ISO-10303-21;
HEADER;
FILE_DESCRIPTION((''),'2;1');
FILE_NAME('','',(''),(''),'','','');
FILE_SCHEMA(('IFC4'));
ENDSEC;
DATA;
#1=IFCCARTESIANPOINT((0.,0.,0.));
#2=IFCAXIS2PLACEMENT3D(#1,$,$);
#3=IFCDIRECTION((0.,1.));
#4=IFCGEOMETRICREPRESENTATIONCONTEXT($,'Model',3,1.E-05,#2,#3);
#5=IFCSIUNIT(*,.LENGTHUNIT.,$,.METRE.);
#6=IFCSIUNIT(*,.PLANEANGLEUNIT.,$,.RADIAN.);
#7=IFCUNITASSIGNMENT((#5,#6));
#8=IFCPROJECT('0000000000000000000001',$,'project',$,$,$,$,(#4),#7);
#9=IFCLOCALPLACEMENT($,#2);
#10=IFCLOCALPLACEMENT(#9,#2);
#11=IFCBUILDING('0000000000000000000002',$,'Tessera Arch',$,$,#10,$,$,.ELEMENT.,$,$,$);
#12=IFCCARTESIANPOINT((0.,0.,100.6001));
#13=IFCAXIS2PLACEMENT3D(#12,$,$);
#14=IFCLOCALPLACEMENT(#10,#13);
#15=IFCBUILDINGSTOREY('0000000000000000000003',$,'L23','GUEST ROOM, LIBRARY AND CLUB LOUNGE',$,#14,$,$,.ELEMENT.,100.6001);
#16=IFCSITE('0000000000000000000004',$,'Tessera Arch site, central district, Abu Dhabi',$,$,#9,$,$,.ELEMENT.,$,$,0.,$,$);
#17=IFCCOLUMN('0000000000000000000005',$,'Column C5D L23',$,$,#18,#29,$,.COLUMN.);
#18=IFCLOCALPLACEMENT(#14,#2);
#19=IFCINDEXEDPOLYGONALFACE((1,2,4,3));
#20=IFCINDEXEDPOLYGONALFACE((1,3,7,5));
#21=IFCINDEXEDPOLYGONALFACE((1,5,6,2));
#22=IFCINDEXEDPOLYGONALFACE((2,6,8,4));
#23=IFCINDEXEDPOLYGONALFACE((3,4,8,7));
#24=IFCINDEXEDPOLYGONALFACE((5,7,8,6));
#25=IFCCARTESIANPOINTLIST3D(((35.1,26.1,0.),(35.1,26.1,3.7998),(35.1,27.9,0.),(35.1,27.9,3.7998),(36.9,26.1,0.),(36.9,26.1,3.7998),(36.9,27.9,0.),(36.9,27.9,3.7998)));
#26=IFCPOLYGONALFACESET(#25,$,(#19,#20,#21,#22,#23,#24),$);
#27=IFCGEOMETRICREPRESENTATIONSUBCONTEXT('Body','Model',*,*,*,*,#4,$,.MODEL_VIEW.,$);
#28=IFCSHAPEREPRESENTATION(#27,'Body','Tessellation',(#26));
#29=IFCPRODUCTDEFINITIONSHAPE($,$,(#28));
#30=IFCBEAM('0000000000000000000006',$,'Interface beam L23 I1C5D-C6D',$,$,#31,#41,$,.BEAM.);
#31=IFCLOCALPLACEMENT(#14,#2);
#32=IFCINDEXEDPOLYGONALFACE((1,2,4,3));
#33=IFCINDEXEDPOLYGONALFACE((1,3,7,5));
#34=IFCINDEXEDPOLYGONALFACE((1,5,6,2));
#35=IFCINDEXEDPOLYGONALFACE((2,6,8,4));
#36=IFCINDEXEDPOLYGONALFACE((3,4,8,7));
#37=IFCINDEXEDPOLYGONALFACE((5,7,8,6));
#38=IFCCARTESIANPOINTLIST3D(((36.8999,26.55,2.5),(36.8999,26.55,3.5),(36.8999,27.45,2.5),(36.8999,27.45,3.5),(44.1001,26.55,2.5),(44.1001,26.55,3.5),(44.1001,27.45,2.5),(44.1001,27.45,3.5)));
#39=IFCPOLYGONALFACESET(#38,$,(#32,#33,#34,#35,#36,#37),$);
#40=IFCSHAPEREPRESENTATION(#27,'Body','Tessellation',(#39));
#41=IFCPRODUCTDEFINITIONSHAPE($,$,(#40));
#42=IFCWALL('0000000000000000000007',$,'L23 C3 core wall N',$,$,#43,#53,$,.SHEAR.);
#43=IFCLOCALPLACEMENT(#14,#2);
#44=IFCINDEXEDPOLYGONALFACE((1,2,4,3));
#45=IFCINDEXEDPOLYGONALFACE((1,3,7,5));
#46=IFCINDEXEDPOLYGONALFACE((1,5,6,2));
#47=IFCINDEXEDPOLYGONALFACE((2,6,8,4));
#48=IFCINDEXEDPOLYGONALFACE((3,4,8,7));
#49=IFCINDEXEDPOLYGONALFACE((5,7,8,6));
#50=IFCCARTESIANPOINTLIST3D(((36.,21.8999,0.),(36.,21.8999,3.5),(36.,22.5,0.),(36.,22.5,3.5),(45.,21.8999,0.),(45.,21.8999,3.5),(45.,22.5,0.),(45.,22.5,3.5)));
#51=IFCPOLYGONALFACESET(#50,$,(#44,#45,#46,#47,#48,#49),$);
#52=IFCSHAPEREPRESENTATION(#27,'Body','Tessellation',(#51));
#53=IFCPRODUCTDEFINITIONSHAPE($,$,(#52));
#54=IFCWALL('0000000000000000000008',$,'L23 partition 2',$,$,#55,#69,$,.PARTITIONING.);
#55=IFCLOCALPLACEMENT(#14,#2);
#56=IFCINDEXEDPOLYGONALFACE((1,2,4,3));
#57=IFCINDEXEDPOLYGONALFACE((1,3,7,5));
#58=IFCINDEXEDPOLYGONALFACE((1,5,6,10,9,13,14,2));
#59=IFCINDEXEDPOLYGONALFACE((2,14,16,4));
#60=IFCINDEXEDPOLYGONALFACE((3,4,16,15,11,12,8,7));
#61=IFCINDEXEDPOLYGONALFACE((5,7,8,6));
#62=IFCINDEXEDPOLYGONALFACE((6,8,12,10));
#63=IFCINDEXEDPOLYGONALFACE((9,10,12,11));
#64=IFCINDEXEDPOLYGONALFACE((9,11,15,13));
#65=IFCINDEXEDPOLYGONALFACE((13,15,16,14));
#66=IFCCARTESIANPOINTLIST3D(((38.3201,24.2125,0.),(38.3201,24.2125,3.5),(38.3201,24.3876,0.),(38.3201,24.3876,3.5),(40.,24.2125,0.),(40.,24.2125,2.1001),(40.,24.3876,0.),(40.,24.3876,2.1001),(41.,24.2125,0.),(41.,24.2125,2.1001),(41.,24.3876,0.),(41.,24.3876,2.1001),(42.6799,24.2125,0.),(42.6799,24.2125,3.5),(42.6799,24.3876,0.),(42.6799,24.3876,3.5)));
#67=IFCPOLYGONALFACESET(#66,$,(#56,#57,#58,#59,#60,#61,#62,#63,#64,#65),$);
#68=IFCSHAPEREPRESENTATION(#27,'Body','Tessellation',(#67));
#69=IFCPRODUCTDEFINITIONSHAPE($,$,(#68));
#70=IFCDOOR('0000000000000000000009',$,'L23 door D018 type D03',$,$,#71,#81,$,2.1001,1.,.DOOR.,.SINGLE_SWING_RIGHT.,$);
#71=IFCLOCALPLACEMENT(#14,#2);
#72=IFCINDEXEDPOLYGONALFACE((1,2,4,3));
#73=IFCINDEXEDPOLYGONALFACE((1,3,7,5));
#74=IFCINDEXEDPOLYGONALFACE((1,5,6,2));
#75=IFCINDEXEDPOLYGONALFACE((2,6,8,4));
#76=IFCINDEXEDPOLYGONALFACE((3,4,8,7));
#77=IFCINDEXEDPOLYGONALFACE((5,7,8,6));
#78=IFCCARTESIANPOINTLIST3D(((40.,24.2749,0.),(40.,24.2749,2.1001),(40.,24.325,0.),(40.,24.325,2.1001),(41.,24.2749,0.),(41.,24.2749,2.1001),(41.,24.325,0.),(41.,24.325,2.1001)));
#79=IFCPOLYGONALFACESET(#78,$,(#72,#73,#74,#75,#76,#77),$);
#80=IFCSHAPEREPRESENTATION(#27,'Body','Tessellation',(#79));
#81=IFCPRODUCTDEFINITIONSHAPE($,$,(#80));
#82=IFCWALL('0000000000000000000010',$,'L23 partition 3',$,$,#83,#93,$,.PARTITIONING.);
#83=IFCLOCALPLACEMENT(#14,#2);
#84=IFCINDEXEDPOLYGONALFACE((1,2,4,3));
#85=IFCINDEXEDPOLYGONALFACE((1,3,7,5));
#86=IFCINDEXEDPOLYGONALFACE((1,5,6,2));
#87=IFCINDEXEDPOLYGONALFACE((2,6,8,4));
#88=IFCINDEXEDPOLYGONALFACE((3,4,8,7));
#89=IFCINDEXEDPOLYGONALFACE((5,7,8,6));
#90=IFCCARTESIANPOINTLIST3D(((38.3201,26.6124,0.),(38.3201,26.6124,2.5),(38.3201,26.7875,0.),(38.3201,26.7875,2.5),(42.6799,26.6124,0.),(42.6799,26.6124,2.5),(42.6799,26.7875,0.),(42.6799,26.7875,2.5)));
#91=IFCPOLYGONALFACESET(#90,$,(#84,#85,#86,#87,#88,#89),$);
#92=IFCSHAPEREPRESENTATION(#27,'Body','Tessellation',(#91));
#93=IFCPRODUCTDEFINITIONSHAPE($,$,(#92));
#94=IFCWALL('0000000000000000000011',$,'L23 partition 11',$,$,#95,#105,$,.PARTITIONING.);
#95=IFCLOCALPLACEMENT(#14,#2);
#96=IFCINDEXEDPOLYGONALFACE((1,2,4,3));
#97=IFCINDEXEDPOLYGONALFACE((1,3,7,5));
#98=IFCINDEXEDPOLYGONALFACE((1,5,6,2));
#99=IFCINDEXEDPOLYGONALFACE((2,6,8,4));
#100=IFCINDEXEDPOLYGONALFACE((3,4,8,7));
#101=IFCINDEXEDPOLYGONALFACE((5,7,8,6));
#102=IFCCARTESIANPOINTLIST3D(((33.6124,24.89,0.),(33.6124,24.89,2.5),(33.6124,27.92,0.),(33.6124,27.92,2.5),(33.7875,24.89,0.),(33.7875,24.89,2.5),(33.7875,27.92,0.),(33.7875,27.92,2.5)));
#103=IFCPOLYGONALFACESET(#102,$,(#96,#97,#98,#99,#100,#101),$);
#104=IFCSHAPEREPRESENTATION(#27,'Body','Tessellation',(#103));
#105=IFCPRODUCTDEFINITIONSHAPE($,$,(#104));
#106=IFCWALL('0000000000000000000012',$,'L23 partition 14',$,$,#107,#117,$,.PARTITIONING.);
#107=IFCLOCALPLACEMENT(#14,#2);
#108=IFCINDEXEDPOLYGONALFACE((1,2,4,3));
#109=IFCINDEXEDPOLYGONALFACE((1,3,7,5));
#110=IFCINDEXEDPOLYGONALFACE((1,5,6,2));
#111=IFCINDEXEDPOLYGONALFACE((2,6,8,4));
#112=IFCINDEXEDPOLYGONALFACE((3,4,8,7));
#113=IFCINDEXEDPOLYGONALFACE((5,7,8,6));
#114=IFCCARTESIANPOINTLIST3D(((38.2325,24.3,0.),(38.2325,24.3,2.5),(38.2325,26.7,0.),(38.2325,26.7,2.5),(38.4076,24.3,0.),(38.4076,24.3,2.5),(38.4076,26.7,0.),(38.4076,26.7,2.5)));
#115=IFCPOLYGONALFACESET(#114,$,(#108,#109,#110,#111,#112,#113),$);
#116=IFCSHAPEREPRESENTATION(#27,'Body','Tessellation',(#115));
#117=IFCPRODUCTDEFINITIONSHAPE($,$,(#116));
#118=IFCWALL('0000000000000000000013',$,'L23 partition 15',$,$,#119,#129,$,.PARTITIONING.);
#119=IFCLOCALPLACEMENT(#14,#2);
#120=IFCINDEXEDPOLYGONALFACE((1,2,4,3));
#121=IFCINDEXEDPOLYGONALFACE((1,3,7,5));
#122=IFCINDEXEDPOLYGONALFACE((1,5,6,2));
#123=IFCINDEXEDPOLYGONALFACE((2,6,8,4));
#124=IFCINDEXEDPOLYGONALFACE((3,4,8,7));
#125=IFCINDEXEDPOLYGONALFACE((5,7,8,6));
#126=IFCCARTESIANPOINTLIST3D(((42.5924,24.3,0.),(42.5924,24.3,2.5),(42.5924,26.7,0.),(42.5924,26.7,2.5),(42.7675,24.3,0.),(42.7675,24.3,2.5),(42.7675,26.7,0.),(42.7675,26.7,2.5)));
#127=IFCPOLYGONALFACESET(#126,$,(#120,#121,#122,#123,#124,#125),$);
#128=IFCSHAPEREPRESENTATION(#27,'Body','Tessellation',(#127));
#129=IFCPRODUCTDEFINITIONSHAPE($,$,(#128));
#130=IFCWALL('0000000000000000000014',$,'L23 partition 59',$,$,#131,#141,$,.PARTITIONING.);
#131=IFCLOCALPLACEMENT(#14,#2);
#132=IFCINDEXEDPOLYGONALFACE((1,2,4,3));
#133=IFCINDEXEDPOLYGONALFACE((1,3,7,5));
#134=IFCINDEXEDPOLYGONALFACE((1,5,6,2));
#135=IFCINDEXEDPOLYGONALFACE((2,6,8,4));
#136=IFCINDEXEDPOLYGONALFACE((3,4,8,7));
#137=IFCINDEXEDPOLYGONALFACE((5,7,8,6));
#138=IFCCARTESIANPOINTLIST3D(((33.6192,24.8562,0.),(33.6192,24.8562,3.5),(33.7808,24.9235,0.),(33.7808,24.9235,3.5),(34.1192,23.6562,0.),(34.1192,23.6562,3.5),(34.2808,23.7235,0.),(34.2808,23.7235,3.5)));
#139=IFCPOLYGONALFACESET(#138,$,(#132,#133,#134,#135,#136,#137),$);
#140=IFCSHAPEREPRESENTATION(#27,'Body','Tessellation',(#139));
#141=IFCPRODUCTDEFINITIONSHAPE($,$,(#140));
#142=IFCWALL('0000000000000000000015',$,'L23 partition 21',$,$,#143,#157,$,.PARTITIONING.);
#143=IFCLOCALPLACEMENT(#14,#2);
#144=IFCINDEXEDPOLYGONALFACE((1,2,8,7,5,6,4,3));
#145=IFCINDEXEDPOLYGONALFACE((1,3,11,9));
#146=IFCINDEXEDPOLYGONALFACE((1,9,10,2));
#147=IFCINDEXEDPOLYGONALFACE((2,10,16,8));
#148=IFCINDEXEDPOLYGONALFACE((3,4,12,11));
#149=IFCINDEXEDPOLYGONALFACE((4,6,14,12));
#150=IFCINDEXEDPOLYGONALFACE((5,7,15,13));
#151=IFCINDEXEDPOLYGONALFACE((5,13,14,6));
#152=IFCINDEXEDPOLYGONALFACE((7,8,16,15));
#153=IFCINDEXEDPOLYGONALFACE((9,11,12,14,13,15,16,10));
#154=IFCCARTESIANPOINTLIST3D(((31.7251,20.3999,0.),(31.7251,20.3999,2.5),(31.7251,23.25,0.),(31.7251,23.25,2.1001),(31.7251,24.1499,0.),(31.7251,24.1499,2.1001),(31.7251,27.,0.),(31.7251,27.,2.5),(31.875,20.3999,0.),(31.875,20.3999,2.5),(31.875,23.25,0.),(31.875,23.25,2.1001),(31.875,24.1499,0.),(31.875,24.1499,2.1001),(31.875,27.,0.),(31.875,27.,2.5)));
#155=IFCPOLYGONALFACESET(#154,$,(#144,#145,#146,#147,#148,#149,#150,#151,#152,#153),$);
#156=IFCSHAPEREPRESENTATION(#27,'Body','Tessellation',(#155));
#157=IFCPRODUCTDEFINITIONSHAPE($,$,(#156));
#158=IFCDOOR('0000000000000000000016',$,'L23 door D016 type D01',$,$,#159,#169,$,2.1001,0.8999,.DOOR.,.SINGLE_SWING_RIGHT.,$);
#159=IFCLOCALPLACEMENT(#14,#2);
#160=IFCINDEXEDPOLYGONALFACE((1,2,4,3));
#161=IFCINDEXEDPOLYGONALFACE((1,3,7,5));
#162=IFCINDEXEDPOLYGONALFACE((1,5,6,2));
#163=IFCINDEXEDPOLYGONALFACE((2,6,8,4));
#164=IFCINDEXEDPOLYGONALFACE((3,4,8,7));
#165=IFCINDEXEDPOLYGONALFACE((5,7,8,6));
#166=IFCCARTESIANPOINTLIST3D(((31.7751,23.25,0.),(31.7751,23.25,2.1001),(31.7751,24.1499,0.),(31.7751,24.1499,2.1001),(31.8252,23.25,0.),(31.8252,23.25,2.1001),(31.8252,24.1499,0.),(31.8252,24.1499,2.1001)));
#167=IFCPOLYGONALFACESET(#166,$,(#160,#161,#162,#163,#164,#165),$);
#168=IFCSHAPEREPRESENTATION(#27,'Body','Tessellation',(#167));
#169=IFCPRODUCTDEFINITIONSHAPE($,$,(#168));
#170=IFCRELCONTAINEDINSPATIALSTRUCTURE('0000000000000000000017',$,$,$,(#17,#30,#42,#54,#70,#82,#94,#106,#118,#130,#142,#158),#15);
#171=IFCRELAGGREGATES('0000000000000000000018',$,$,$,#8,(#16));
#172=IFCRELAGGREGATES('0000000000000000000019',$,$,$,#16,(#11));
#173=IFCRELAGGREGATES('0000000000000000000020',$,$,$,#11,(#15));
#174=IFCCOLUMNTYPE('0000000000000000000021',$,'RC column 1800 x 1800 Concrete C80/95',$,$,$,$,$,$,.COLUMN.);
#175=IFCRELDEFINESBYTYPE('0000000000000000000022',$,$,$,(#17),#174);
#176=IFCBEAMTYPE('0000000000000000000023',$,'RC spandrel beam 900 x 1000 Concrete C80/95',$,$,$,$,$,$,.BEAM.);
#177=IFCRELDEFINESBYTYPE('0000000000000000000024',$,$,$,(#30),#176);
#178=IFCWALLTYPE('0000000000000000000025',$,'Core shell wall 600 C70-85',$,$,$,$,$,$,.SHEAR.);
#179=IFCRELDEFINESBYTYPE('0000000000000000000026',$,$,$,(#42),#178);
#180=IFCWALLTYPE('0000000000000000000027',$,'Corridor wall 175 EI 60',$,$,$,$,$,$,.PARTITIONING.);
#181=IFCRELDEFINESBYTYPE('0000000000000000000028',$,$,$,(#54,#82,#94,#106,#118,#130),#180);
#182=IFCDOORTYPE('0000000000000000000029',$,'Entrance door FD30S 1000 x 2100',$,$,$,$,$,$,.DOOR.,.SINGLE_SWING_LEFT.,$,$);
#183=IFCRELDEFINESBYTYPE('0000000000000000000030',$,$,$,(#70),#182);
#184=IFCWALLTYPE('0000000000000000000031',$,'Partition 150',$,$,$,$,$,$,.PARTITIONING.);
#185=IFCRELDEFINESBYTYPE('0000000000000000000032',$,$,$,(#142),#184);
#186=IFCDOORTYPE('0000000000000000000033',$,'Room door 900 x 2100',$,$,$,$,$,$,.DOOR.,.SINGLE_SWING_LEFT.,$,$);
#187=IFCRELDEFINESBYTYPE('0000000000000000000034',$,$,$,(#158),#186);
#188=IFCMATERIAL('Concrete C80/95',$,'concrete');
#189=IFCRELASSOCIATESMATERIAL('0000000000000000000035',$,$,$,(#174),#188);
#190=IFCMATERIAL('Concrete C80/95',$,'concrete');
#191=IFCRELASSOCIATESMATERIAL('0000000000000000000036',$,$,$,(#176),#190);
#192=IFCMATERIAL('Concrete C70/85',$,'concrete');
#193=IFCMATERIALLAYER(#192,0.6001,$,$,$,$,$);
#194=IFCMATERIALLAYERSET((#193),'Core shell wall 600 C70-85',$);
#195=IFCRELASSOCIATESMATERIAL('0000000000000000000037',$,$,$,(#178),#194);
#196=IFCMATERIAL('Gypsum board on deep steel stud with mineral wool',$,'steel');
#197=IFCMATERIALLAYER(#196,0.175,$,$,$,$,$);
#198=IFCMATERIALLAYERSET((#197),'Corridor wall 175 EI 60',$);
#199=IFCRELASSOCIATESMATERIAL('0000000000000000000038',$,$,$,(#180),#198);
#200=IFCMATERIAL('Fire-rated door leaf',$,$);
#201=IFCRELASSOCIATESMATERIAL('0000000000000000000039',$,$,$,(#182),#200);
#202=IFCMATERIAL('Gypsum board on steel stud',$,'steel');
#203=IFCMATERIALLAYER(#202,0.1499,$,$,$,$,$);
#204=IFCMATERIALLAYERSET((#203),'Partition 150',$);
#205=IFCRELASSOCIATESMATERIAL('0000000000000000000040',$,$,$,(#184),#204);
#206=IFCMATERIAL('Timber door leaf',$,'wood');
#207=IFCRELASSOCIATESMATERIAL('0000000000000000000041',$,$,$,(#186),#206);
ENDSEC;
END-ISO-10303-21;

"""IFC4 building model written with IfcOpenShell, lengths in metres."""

from ifc_helpers import new_model, si_unit, direction, frame, frame_2d, origin, origin_2d, place, context, subcontext, project, spatial, rectangle, extrude, material, layer, layer_set, material_profile, profile_set, type_object, element, fill, save


model = new_model("IFC4")

# Units and contexts
model_context = context("Model", 3, precision=1e-05, world=origin(), true_north=direction((0.0, 1.0)))
body_context = subcontext(model_context, "Body", "Model", "MODEL_VIEW")
ifc_project = project(units=[si_unit("LENGTHUNIT", "METRE"), si_unit("PLANEANGLEUNIT", "RADIAN")], contexts=[model_context])

# Site, building, storey
site_placement = place(None, origin())
site = spatial("IfcSite", under=ifc_project, at=site_placement, Name="Tessera Arch site, central district, Abu Dhabi", CompositionType="ELEMENT", RefElevation=0.0)
building_placement = place(site_placement, origin())
building = spatial("IfcBuilding", under=site, at=building_placement, Name="Tessera Arch", CompositionType="ELEMENT")
storey_placement = place(building_placement, frame((0.0, 0.0, 100.6001)))
storey = spatial("IfcBuildingStorey", under=building, at=storey_placement, Name="L23", Description="GUEST ROOM, LIBRARY AND CLUB LOUNGE", CompositionType="ELEMENT", Elevation=100.6001)

# Column
ifc_material_1 = material(Name="Concrete C80/95", Category="concrete")
ifc_material_profile_1 = material_profile(ifc_material_1, rectangle(XDim=1.8, YDim=1.8, at=origin_2d()), Name="RC column 1800 x 1800 Concrete C80/95")
ifc_profile_set_1 = profile_set([ifc_material_profile_1], Name="Concrete C80/95")
column_type = type_object("IfcColumnType", Name="RC column 1800 x 1800 Concrete C80/95", PredefinedType="COLUMN", material=ifc_profile_set_1)
column_placement = place(storey_placement, frame((36.0, 27.0, 0.0), z_axis=(0.0, 0.0, 1.0), x_axis=(1.0, 0.0, 0.0)))
element("IfcColumn", 1, at=column_placement, inside=storey, type_object=column_type, Name="Column C5D L23", PredefinedType="COLUMN", context=body_context, shape_type="SweptSolid", body=[
    extrude(rectangle(XDim=1.8, YDim=1.8, at=origin_2d()), origin(), (0.0, 0.0, 1.0), 3.7998),
])

# Beam
ifc_material_2 = material(Name="Concrete C80/95", Category="concrete")
ifc_material_profile_2 = material_profile(ifc_material_2, rectangle(XDim=0.8999, YDim=1.0, at=origin_2d()), Name="RC spandrel beam 900 x 1000 Concrete C80/95")
ifc_profile_set_2 = profile_set([ifc_material_profile_2], Name="Concrete C80/95")
beam_type = type_object("IfcBeamType", Name="RC spandrel beam 900 x 1000 Concrete C80/95", PredefinedType="BEAM", material=ifc_profile_set_2)
beam_placement = place(storey_placement, frame((36.8999, 27.0, 3.0), z_axis=(1.0, 0.0, 0.0), x_axis=(0.0, 1.0, 0.0)))
element("IfcBeam", 2, at=beam_placement, inside=storey, type_object=beam_type, Name="Interface beam L23 I1C5D-C6D", PredefinedType="BEAM", context=body_context, shape_type="SweptSolid", body=[
    extrude(rectangle(XDim=0.8999, YDim=1.0, at=origin_2d()), origin(), (0.0, 0.0, 1.0), 7.2002),
])

# Wall
ifc_material_3 = material(Name="Concrete C70/85", Category="concrete")
ifc_layer_1 = layer(ifc_material_3, 0.6001)
ifc_layer_set_1 = layer_set([ifc_layer_1], Name="Core shell wall 600 C70-85")
wall_type_1 = type_object("IfcWallType", Name="Core shell wall 600 C70-85", PredefinedType="SHEAR", material=ifc_layer_set_1)
wall_1_placement = place(storey_placement, frame((36.0, 22.2, 0.0), z_axis=(0.0, 0.0, 1.0), x_axis=(1.0, 0.0, 0.0)))
element("IfcWall", 3, at=wall_1_placement, inside=storey, type_object=wall_type_1, Name="L23 C3 core wall N", PredefinedType="SHEAR", context=body_context, shape_type="SweptSolid", body=[
    extrude(rectangle(XDim=9.0, YDim=0.6001, at=frame_2d((4.5, 0.0))), origin(), (0.0, 0.0, 1.0), 3.5),
])

# Wall, opening, door
ifc_material_4 = material(Name="Gypsum board on deep steel stud with mineral wool", Category="steel")
ifc_layer_2 = layer(ifc_material_4, 0.175)
ifc_layer_set_2 = layer_set([ifc_layer_2], Name="Corridor wall 175 EI 60")
wall_type_2 = type_object("IfcWallType", Name="Corridor wall 175 EI 60", PredefinedType="PARTITIONING", material=ifc_layer_set_2)
wall_2_placement = place(storey_placement, frame((38.3201, 24.3, 0.0), z_axis=(0.0, 0.0, 1.0), x_axis=(1.0, 0.0, 0.0)))
wall_2 = element("IfcWall", 4, at=wall_2_placement, inside=storey, type_object=wall_type_2, Name="L23 partition 2", PredefinedType="PARTITIONING", context=body_context, shape_type="SweptSolid", body=[
    extrude(rectangle(XDim=4.3599, YDim=0.175, at=frame_2d((2.1799, 0.0))), origin(), (0.0, 0.0, 1.0), 3.5),
])
opening_1_placement = place(wall_2_placement, frame((1.6799, 0.0, 0.0)))
opening_1 = element("IfcOpeningElement", 5, at=opening_1_placement, cuts=wall_2, PredefinedType="OPENING", context=body_context, shape_type="SweptSolid", body=[
    extrude(rectangle(XDim=1.0, YDim=2.1001, at=frame_2d((0.5, 1.05))), frame((0.0, 0.0974, 0.0), z_axis=(0.0, -1.0, 0.0), x_axis=(1.0, 0.0, 0.0)), (0.0, 0.0, 1.0), 0.1951),
])
ifc_material_5 = material(Name="Fire-rated door leaf")
door_type_1 = type_object("IfcDoorType", Name="Entrance door FD30S 1000 x 2100", OperationType="SINGLE_SWING_LEFT", PredefinedType="DOOR", material=ifc_material_5)
door_1_placement = place(opening_1_placement, origin())
door_1 = element("IfcDoor", 6, at=door_1_placement, inside=storey, type_object=door_type_1, Name="L23 door D018 type D03", OperationType="SINGLE_SWING_RIGHT", OverallHeight=2.1001, OverallWidth=1.0, PredefinedType="DOOR", context=body_context, shape_type="SweptSolid", body=[
    extrude(rectangle(XDim=1.0, YDim=2.1001, at=frame_2d((0.5, 1.05))), frame((0.0, 0.0249, 0.0), z_axis=(0.0, -1.0, 0.0), x_axis=(1.0, 0.0, 0.0)), (0.0, 0.0, 1.0), 0.05),
])
fill(opening_1, door_1)

# Walls
wall_3_placement = place(storey_placement, frame((38.3201, 26.7, 0.0), z_axis=(0.0, 0.0, 1.0), x_axis=(1.0, 0.0, 0.0)))
element("IfcWall", 7, at=wall_3_placement, inside=storey, type_object=wall_type_2, Name="L23 partition 3", PredefinedType="PARTITIONING", context=body_context, shape_type="SweptSolid", body=[
    extrude(rectangle(XDim=4.3599, YDim=0.175, at=frame_2d((2.1799, 0.0))), origin(), (0.0, 0.0, 1.0), 2.5),
])
wall_4_placement = place(storey_placement, frame((33.7, 24.8899, 0.0), z_axis=(0.0, 0.0, 1.0), x_axis=(0.0, 1.0, 0.0)))
element("IfcWall", 8, at=wall_4_placement, inside=storey, type_object=wall_type_2, Name="L23 partition 11", PredefinedType="PARTITIONING", context=body_context, shape_type="SweptSolid", body=[
    extrude(rectangle(XDim=3.03, YDim=0.175, at=frame_2d((1.5151, 0.0))), origin(), (0.0, 0.0, 1.0), 2.5),
])
for number, where, z_axis, x_axis, name in (
    (9, (38.3201, 24.3, 0.0), (0.0, 0.0, 1.0), (0.0, 1.0, 0.0), "L23 partition 14"),
    (10, (42.6799, 24.3, 0.0), (0.0, 0.0, 1.0), (0.0, 1.0, 0.0), "L23 partition 15"),
):
    element("IfcWall", number, at=place(storey_placement, frame(where, z_axis=z_axis, x_axis=x_axis)), inside=storey, type_object=wall_type_2, Name=name, PredefinedType="PARTITIONING", context=body_context, shape_type="SweptSolid", body=[
        extrude(rectangle(XDim=2.3999, YDim=0.175, at=frame_2d((1.2, 0.0))), origin(), (0.0, 0.0, 1.0), 2.5),
    ])
wall_5_placement = place(storey_placement, frame((34.2, 23.6899, 0.0), z_axis=(0.0, 0.0, 1.0), x_axis=(-0.384629, 0.923071, 0.0)))
element("IfcWall", 11, at=wall_5_placement, inside=storey, type_object=wall_type_2, Name="L23 partition 59", PredefinedType="PARTITIONING", context=body_context, shape_type="SweptSolid", body=[
    extrude(rectangle(XDim=1.3, YDim=0.175, at=frame_2d((0.6499, 0.0))), origin(), (0.0, 0.0, 1.0), 3.5),
])

# Wall, opening, door
ifc_material_6 = material(Name="Gypsum board on steel stud", Category="steel")
ifc_layer_3 = layer(ifc_material_6, 0.1499)
ifc_layer_set_3 = layer_set([ifc_layer_3], Name="Partition 150")
wall_type_3 = type_object("IfcWallType", Name="Partition 150", PredefinedType="PARTITIONING", material=ifc_layer_set_3)
wall_6_placement = place(storey_placement, frame((31.8, 20.3999, 0.0), z_axis=(0.0, 0.0, 1.0), x_axis=(0.0, 1.0, 0.0)))
wall_6 = element("IfcWall", 12, at=wall_6_placement, inside=storey, type_object=wall_type_3, Name="L23 partition 21", PredefinedType="PARTITIONING", context=body_context, shape_type="SweptSolid", body=[
    extrude(rectangle(XDim=6.6001, YDim=0.1499, at=frame_2d((3.3, 0.0))), origin(), (0.0, 0.0, 1.0), 2.5),
])
opening_2_placement = place(wall_6_placement, frame((2.8501, 0.0, 0.0)))
opening_2 = element("IfcOpeningElement", 13, at=opening_2_placement, cuts=wall_6, PredefinedType="OPENING", context=body_context, shape_type="SweptSolid", body=[
    extrude(rectangle(XDim=0.8999, YDim=2.1001, at=frame_2d((0.45, 1.05))), frame((0.0, 0.085, 0.0), z_axis=(0.0, -1.0, 0.0), x_axis=(1.0, 0.0, 0.0)), (0.0, 0.0, 1.0), 0.1699),
])
ifc_material_7 = material(Name="Timber door leaf", Category="wood")
door_type_2 = type_object("IfcDoorType", Name="Room door 900 x 2100", OperationType="SINGLE_SWING_LEFT", PredefinedType="DOOR", material=ifc_material_7)
door_2_placement = place(opening_2_placement, origin())
door_2 = element("IfcDoor", 14, at=door_2_placement, inside=storey, type_object=door_type_2, Name="L23 door D016 type D01", OperationType="SINGLE_SWING_RIGHT", OverallHeight=2.1001, OverallWidth=0.8999, PredefinedType="DOOR", context=body_context, shape_type="SweptSolid", body=[
    extrude(rectangle(XDim=0.8999, YDim=2.1001, at=frame_2d((0.45, 1.05))), frame((0.0, 0.0249, 0.0), z_axis=(0.0, -1.0, 0.0), x_axis=(1.0, 0.0, 0.0)), (0.0, 0.0, 1.0), 0.05),
])
fill(opening_2, door_2)

save(model, "model.ifc")
